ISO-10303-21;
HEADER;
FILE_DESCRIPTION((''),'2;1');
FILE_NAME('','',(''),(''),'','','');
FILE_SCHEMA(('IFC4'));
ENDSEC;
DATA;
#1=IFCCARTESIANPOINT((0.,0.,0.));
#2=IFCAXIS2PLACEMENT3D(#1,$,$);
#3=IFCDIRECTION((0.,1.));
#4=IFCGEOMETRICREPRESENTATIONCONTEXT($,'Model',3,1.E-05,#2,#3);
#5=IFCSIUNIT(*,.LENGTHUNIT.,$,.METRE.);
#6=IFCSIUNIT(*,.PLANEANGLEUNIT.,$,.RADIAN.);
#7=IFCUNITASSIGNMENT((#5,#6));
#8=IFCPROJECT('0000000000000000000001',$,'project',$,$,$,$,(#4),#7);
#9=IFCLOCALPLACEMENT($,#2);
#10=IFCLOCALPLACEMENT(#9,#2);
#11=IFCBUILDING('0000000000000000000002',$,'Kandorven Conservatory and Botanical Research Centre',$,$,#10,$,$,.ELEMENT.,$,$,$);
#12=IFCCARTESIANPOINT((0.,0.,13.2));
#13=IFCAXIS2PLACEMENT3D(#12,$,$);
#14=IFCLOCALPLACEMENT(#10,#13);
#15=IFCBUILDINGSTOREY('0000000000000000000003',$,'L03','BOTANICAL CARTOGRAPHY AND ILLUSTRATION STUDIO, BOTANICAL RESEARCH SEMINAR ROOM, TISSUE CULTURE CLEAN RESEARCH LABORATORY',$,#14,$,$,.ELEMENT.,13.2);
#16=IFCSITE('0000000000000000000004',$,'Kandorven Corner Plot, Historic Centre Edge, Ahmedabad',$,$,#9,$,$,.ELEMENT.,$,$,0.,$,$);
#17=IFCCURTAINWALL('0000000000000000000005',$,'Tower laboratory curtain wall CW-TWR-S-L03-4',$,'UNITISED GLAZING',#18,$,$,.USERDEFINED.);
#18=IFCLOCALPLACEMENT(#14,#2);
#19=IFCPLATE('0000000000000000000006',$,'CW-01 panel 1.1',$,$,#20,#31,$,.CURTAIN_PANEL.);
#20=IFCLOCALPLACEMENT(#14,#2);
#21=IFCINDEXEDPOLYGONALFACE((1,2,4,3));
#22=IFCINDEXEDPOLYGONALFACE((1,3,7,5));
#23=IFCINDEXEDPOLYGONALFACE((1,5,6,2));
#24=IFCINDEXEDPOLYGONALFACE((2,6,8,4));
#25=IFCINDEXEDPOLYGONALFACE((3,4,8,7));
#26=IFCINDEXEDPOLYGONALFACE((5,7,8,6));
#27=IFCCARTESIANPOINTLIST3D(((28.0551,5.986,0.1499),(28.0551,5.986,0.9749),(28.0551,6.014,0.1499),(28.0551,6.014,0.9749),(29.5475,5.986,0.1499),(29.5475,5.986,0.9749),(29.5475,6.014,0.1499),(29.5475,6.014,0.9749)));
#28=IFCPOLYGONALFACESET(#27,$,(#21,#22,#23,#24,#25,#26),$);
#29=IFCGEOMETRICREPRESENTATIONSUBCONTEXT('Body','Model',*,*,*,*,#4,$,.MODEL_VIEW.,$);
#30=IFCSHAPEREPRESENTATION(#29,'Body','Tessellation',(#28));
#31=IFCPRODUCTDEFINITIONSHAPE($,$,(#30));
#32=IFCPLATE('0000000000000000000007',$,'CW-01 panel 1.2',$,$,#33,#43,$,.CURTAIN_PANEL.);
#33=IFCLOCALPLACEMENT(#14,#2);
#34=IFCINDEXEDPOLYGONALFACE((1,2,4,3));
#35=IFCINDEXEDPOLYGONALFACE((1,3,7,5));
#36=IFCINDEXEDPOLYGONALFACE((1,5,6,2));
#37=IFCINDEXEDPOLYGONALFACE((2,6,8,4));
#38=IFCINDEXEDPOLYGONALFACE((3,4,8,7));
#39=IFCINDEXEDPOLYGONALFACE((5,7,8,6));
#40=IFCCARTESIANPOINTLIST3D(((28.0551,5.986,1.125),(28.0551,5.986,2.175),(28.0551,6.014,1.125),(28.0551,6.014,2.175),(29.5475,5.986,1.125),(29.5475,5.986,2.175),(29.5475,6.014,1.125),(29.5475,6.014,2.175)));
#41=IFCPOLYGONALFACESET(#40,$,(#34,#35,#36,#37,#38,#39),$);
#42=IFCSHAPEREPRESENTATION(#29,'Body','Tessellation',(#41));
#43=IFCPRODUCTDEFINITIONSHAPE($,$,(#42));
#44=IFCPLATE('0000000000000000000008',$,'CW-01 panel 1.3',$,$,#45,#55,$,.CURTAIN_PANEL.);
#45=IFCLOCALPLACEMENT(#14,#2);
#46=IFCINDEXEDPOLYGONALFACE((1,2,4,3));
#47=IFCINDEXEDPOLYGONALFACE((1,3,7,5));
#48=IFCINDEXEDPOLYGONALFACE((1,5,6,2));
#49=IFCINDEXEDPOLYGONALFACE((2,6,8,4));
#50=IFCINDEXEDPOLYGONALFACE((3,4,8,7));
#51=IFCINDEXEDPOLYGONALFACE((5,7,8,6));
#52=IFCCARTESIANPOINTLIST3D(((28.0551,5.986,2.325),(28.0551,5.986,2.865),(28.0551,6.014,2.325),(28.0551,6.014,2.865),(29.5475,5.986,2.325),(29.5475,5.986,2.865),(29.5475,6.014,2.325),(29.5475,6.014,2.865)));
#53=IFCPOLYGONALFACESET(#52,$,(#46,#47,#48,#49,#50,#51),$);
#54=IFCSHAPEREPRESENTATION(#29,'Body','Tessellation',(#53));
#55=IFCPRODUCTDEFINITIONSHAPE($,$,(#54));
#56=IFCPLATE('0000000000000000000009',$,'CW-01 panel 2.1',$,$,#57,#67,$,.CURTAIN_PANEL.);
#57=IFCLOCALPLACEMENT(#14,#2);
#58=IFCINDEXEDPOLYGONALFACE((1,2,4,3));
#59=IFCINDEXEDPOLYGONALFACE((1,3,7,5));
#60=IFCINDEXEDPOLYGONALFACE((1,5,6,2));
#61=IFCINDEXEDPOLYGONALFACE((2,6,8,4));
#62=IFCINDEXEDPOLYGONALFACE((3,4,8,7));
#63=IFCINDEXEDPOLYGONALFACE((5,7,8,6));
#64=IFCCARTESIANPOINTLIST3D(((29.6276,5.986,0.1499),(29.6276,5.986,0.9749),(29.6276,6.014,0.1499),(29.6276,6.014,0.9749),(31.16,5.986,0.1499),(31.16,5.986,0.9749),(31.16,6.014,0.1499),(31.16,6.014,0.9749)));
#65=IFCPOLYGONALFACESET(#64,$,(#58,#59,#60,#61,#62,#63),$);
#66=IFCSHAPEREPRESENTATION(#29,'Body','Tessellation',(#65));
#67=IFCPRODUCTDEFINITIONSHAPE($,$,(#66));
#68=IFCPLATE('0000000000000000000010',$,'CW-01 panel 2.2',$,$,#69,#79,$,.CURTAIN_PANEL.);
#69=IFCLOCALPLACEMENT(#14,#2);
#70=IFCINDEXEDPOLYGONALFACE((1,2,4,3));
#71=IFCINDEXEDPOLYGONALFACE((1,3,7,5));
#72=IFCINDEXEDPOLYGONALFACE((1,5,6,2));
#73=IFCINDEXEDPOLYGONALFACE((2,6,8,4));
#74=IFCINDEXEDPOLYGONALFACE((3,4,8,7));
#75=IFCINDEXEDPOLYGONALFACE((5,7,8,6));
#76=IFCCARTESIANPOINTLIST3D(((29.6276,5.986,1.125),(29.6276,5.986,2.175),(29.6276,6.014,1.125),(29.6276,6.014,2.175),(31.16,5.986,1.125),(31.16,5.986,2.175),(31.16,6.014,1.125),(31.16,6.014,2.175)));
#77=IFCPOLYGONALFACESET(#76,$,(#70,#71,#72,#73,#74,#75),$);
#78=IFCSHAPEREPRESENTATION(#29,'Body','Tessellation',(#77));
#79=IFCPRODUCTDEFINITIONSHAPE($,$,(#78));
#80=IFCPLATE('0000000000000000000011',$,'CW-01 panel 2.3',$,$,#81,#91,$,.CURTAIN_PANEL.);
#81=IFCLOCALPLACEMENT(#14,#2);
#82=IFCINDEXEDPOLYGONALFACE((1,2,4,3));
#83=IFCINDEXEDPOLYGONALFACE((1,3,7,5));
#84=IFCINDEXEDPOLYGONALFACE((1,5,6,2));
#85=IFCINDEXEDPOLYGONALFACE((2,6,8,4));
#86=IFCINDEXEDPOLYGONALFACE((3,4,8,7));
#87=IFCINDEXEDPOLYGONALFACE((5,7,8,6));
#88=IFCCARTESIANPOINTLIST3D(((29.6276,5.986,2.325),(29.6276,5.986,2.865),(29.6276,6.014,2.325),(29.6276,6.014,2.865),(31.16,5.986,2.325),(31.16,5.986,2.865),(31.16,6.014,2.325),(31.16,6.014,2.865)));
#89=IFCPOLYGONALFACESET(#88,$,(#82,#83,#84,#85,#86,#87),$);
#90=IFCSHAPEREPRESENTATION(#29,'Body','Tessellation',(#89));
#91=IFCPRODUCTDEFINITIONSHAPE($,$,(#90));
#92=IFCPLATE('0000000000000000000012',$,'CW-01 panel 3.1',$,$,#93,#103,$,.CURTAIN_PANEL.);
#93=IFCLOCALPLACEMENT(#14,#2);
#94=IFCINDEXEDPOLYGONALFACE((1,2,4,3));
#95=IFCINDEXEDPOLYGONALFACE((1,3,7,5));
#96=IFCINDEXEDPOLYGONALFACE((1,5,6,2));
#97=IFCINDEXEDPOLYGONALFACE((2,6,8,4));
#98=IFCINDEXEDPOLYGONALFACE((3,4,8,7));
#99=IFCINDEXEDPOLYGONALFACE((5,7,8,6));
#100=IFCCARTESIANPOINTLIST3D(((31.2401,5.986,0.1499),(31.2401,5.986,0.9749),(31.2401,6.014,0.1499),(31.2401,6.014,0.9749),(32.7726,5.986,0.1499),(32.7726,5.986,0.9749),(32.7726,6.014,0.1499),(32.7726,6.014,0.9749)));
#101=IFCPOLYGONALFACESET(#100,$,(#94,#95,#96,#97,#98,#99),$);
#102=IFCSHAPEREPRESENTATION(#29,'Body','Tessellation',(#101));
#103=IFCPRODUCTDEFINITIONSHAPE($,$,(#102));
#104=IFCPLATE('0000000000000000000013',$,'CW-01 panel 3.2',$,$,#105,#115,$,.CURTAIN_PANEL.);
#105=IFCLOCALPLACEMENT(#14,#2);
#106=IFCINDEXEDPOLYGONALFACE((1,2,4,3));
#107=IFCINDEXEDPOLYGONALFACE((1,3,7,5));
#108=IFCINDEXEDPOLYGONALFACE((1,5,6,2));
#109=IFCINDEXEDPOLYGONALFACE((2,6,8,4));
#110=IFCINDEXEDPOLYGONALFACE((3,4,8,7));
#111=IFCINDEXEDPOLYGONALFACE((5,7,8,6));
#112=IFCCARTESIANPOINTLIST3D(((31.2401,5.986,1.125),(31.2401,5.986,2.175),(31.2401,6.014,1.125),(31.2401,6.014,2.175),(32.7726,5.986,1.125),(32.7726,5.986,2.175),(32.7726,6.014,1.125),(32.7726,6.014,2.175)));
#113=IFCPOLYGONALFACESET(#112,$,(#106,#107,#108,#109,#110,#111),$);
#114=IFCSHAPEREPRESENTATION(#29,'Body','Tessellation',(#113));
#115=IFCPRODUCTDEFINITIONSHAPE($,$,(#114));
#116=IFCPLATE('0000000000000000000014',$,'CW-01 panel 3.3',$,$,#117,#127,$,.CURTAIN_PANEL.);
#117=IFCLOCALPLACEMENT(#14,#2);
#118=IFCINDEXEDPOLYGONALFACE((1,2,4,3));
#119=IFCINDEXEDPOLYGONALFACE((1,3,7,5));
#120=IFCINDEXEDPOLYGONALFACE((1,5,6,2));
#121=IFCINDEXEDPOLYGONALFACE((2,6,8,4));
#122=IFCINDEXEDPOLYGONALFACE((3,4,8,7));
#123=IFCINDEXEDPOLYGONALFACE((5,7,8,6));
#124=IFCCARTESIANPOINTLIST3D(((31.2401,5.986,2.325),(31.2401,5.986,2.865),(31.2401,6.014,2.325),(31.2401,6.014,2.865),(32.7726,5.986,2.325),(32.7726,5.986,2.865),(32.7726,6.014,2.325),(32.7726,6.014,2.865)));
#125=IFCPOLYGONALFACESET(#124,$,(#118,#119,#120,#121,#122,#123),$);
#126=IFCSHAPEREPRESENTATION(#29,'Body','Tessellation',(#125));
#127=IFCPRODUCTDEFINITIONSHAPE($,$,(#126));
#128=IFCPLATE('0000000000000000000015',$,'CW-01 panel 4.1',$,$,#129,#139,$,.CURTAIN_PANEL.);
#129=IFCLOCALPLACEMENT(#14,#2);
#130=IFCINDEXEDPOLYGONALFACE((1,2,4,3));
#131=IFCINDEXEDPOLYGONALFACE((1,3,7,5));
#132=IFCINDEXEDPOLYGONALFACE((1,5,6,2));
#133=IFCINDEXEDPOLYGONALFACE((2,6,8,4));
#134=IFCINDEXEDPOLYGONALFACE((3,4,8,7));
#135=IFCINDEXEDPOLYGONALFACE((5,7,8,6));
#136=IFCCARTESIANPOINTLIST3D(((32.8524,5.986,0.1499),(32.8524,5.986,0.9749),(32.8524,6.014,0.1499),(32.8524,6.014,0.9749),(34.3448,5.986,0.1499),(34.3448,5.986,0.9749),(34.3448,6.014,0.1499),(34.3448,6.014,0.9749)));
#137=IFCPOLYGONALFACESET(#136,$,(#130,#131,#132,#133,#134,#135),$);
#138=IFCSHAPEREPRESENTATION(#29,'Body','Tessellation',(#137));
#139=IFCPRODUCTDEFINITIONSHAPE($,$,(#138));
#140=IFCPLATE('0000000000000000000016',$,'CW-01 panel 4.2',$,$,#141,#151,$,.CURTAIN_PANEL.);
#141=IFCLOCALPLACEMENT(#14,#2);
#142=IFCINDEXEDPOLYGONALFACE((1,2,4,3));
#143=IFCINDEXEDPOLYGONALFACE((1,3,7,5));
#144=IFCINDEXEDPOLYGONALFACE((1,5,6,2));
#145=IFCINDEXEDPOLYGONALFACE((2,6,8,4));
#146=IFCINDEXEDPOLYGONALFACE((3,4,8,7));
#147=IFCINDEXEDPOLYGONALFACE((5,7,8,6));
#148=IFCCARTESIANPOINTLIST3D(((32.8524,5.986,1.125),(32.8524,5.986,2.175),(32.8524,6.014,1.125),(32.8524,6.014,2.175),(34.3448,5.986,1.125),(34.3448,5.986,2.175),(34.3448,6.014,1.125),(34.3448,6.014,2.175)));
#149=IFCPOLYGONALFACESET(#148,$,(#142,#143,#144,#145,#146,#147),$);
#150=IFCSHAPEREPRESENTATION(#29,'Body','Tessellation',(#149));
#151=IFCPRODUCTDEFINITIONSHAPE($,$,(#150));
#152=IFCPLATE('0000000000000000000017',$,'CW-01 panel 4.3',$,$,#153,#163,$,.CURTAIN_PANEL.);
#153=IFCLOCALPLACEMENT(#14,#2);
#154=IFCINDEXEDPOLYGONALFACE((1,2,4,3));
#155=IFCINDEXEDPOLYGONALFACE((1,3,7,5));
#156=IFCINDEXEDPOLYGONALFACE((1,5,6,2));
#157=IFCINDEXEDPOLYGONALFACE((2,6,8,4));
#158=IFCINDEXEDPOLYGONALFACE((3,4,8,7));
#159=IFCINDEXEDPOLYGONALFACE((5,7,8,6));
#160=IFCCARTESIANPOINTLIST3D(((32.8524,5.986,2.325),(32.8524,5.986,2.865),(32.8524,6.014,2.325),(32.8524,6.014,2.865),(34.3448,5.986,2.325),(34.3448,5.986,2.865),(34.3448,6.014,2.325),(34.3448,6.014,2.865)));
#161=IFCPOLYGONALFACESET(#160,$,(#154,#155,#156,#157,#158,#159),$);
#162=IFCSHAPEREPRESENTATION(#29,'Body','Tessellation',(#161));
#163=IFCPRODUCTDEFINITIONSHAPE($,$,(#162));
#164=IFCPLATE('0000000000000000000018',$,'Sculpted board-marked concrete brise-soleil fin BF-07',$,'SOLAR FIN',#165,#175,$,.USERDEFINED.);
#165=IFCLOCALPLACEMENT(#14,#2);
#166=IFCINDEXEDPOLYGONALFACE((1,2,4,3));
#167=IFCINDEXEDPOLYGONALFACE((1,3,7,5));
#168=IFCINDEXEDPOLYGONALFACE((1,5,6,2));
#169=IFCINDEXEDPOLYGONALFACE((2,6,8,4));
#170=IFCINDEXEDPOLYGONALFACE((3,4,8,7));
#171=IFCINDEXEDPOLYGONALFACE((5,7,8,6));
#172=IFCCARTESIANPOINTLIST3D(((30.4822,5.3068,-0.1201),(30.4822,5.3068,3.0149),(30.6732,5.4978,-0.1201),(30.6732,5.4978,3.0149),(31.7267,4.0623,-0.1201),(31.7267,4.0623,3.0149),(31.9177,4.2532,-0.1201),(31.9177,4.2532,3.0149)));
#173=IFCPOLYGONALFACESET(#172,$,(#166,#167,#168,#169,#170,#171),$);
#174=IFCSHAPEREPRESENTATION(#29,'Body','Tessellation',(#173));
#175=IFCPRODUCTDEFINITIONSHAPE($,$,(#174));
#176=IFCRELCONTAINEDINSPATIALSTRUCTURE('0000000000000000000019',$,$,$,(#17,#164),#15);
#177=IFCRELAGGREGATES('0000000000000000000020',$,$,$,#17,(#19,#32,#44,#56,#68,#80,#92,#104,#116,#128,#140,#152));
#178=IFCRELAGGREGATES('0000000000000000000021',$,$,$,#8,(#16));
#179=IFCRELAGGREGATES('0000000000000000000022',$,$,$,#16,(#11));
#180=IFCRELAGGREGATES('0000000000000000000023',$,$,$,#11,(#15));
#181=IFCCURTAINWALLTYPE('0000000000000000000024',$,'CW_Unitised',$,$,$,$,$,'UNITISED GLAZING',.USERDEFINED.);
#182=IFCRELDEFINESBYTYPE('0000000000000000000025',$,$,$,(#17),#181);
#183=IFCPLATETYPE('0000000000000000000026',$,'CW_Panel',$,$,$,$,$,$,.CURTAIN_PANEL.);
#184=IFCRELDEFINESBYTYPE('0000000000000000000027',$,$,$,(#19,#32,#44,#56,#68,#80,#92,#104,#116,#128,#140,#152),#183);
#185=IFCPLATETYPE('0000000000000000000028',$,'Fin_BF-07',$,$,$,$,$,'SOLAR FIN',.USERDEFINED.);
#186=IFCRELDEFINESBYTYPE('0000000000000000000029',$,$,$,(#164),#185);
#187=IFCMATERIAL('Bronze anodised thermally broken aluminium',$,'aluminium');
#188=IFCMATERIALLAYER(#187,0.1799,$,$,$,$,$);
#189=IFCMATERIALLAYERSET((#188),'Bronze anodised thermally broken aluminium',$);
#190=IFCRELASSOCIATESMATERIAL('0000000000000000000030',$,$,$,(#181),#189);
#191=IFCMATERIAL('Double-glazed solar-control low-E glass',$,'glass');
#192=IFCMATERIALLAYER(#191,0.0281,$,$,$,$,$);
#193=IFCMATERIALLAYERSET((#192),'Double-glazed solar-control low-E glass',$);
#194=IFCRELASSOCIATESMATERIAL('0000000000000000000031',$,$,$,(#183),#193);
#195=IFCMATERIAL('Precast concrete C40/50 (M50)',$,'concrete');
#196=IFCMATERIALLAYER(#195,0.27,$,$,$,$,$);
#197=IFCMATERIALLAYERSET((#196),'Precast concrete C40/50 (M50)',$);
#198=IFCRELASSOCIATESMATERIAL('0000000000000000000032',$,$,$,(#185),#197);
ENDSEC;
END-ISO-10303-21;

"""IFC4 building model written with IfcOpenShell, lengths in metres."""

from ifc_helpers import new_model, si_unit, direction, frame, origin, origin_2d, place, context, subcontext, project, spatial, rectangle, extrude, material, layer, layer_set, type_object, element, aggregate, save


model = new_model("IFC4")

# Units and contexts
model_context = context("Model", 3, precision=1e-05, world=origin(), true_north=direction((0.0, 1.0)))
body_context = subcontext(model_context, "Body", "Model", "MODEL_VIEW")
ifc_project = project(units=[si_unit("LENGTHUNIT", "METRE"), si_unit("PLANEANGLEUNIT", "RADIAN")], contexts=[model_context])

# Site, building, storey
site_placement = place(None, origin())
site = spatial("IfcSite", under=ifc_project, at=site_placement, Name="Kandorven Corner Plot, Historic Centre Edge, Ahmedabad", CompositionType="ELEMENT", RefElevation=0.0)
building_placement = place(site_placement, origin())
building = spatial("IfcBuilding", under=site, at=building_placement, Name="Kandorven Conservatory and Botanical Research Centre", CompositionType="ELEMENT")
storey_placement = place(building_placement, frame((0.0, 0.0, 13.2)))
storey = spatial("IfcBuildingStorey", under=building, at=storey_placement, Name="L03", Description="BOTANICAL CARTOGRAPHY AND ILLUSTRATION STUDIO, BOTANICAL RESEARCH SEMINAR ROOM, TISSUE CULTURE CLEAN RESEARCH LABORATORY", CompositionType="ELEMENT", Elevation=13.2)

# Curtain wall, plates
ifc_material_1 = material(Name="Bronze anodised thermally broken aluminium", Category="aluminium")
ifc_layer_1 = layer(ifc_material_1, 0.1799)
ifc_layer_set_1 = layer_set([ifc_layer_1], Name="Bronze anodised thermally broken aluminium")
curtain_wall_type = type_object("IfcCurtainWallType", Name="CW_Unitised", ElementType="UNITISED GLAZING", PredefinedType="USERDEFINED", material=ifc_layer_set_1)
curtain_wall_placement = place(storey_placement, origin())
curtain_wall = element("IfcCurtainWall", 1, at=curtain_wall_placement, inside=storey, type_object=curtain_wall_type, Name="Tower laboratory curtain wall CW-TWR-S-L03-4", ObjectType="UNITISED GLAZING", PredefinedType="USERDEFINED")
ifc_material_2 = material(Name="Double-glazed solar-control low-E glass", Category="glass")
ifc_layer_2 = layer(ifc_material_2, 0.0281)
ifc_layer_set_2 = layer_set([ifc_layer_2], Name="Double-glazed solar-control low-E glass")
plate_type_1 = type_object("IfcPlateType", Name="CW_Panel", PredefinedType="CURTAIN_PANEL", material=ifc_layer_set_2)
plate_1_placement = place(storey_placement, frame((28.8013, 6.0, 0.1499), z_axis=(0.0, 0.0, 1.0), x_axis=(1.0, 0.0, 0.0)))
plate_1 = element("IfcPlate", 2, at=plate_1_placement, type_object=plate_type_1, Name="CW-01 panel 1.1", PredefinedType="CURTAIN_PANEL", context=body_context, shape_type="SweptSolid", body=[
    extrude(rectangle(XDim=1.4924, YDim=0.0281, at=origin_2d()), origin(), (0.0, 0.0, 1.0), 0.825),
])
plate_2_placement = place(storey_placement, frame((28.8013, 6.0, 1.125), z_axis=(0.0, 0.0, 1.0), x_axis=(1.0, 0.0, 0.0)))
plate_2 = element("IfcPlate", 3, at=plate_2_placement, type_object=plate_type_1, Name="CW-01 panel 1.2", PredefinedType="CURTAIN_PANEL", context=body_context, shape_type="SweptSolid", body=[
    extrude(rectangle(XDim=1.4924, YDim=0.0281, at=origin_2d()), origin(), (0.0, 0.0, 1.0), 1.05),
])
plate_3_placement = place(storey_placement, frame((28.8013, 6.0, 2.325), z_axis=(0.0, 0.0, 1.0), x_axis=(1.0, 0.0, 0.0)))
plate_3 = element("IfcPlate", 4, at=plate_3_placement, type_object=plate_type_1, Name="CW-01 panel 1.3", PredefinedType="CURTAIN_PANEL", context=body_context, shape_type="SweptSolid", body=[
    extrude(rectangle(XDim=1.4924, YDim=0.0281, at=origin_2d()), origin(), (0.0, 0.0, 1.0), 0.54),
])
plate_4_placement = place(storey_placement, frame((30.3938, 6.0, 0.1499), z_axis=(0.0, 0.0, 1.0), x_axis=(1.0, 0.0, 0.0)))
plate_4 = element("IfcPlate", 5, at=plate_4_placement, type_object=plate_type_1, Name="CW-01 panel 2.1", PredefinedType="CURTAIN_PANEL", context=body_context, shape_type="SweptSolid", body=[
    extrude(rectangle(XDim=1.5325, YDim=0.0281, at=origin_2d()), origin(), (0.0, 0.0, 1.0), 0.825),
])
plate_5_placement = place(storey_placement, frame((30.3938, 6.0, 1.125), z_axis=(0.0, 0.0, 1.0), x_axis=(1.0, 0.0, 0.0)))
plate_5 = element("IfcPlate", 6, at=plate_5_placement, type_object=plate_type_1, Name="CW-01 panel 2.2", PredefinedType="CURTAIN_PANEL", context=body_context, shape_type="SweptSolid", body=[
    extrude(rectangle(XDim=1.5325, YDim=0.0281, at=origin_2d()), origin(), (0.0, 0.0, 1.0), 1.05),
])
plate_6_placement = place(storey_placement, frame((30.3938, 6.0, 2.325), z_axis=(0.0, 0.0, 1.0), x_axis=(1.0, 0.0, 0.0)))
plate_6 = element("IfcPlate", 7, at=plate_6_placement, type_object=plate_type_1, Name="CW-01 panel 2.3", PredefinedType="CURTAIN_PANEL", context=body_context, shape_type="SweptSolid", body=[
    extrude(rectangle(XDim=1.5325, YDim=0.0281, at=origin_2d()), origin(), (0.0, 0.0, 1.0), 0.54),
])
plate_7_placement = place(storey_placement, frame((32.0063, 6.0, 0.1499), z_axis=(0.0, 0.0, 1.0), x_axis=(1.0, 0.0, 0.0)))
plate_7 = element("IfcPlate", 8, at=plate_7_placement, type_object=plate_type_1, Name="CW-01 panel 3.1", PredefinedType="CURTAIN_PANEL", context=body_context, shape_type="SweptSolid", body=[
    extrude(rectangle(XDim=1.5325, YDim=0.0281, at=origin_2d()), origin(), (0.0, 0.0, 1.0), 0.825),
])
plate_8_placement = place(storey_placement, frame((32.0063, 6.0, 1.125), z_axis=(0.0, 0.0, 1.0), x_axis=(1.0, 0.0, 0.0)))
plate_8 = element("IfcPlate", 9, at=plate_8_placement, type_object=plate_type_1, Name="CW-01 panel 3.2", PredefinedType="CURTAIN_PANEL", context=body_context, shape_type="SweptSolid", body=[
    extrude(rectangle(XDim=1.5325, YDim=0.0281, at=origin_2d()), origin(), (0.0, 0.0, 1.0), 1.05),
])
plate_9_placement = place(storey_placement, frame((32.0063, 6.0, 2.325), z_axis=(0.0, 0.0, 1.0), x_axis=(1.0, 0.0, 0.0)))
plate_9 = element("IfcPlate", 10, at=plate_9_placement, type_object=plate_type_1, Name="CW-01 panel 3.3", PredefinedType="CURTAIN_PANEL", context=body_context, shape_type="SweptSolid", body=[
    extrude(rectangle(XDim=1.5325, YDim=0.0281, at=origin_2d()), origin(), (0.0, 0.0, 1.0), 0.54),
])
plate_10_placement = place(storey_placement, frame((33.5986, 6.0, 0.1499), z_axis=(0.0, 0.0, 1.0), x_axis=(1.0, 0.0, 0.0)))
plate_10 = element("IfcPlate", 11, at=plate_10_placement, type_object=plate_type_1, Name="CW-01 panel 4.1", PredefinedType="CURTAIN_PANEL", context=body_context, shape_type="SweptSolid", body=[
    extrude(rectangle(XDim=1.4924, YDim=0.0281, at=origin_2d()), origin(), (0.0, 0.0, 1.0), 0.825),
])
plate_11_placement = place(storey_placement, frame((33.5986, 6.0, 1.125), z_axis=(0.0, 0.0, 1.0), x_axis=(1.0, 0.0, 0.0)))
plate_11 = element("IfcPlate", 12, at=plate_11_placement, type_object=plate_type_1, Name="CW-01 panel 4.2", PredefinedType="CURTAIN_PANEL", context=body_context, shape_type="SweptSolid", body=[
    extrude(rectangle(XDim=1.4924, YDim=0.0281, at=origin_2d()), origin(), (0.0, 0.0, 1.0), 1.05),
])
plate_12_placement = place(storey_placement, frame((33.5986, 6.0, 2.325), z_axis=(0.0, 0.0, 1.0), x_axis=(1.0, 0.0, 0.0)))
plate_12 = element("IfcPlate", 13, at=plate_12_placement, type_object=plate_type_1, Name="CW-01 panel 4.3", PredefinedType="CURTAIN_PANEL", context=body_context, shape_type="SweptSolid", body=[
    extrude(rectangle(XDim=1.4924, YDim=0.0281, at=origin_2d()), origin(), (0.0, 0.0, 1.0), 0.54),
])
aggregate(curtain_wall, [plate_1, plate_2, plate_3, plate_4, plate_5, plate_6, plate_7, plate_8, plate_9, plate_10, plate_11, plate_12])

# Plate
ifc_material_3 = material(Name="Precast concrete C40/50 (M50)", Category="concrete")
ifc_layer_3 = layer(ifc_material_3, 0.27)
ifc_layer_set_3 = layer_set([ifc_layer_3], Name="Precast concrete C40/50 (M50)")
plate_type_2 = type_object("IfcPlateType", Name="Fin_BF-07", ElementType="SOLAR FIN", PredefinedType="USERDEFINED", material=ifc_layer_set_3)
plate_13_placement = place(storey_placement, frame((31.2, 4.78, -0.1201), z_axis=(0.0, 0.0, 1.0), x_axis=(-0.707107, 0.707107, 0.0)))
element("IfcPlate", 14, at=plate_13_placement, inside=storey, type_object=plate_type_2, Name="Sculpted board-marked concrete brise-soleil fin BF-07", ObjectType="SOLAR FIN", PredefinedType="USERDEFINED", context=body_context, shape_type="SweptSolid", body=[
    extrude(rectangle(XDim=1.76, YDim=0.27, at=origin_2d()), origin(), (0.0, 0.0, 1.0), 3.135),
])

save(model, "model.ifc")
